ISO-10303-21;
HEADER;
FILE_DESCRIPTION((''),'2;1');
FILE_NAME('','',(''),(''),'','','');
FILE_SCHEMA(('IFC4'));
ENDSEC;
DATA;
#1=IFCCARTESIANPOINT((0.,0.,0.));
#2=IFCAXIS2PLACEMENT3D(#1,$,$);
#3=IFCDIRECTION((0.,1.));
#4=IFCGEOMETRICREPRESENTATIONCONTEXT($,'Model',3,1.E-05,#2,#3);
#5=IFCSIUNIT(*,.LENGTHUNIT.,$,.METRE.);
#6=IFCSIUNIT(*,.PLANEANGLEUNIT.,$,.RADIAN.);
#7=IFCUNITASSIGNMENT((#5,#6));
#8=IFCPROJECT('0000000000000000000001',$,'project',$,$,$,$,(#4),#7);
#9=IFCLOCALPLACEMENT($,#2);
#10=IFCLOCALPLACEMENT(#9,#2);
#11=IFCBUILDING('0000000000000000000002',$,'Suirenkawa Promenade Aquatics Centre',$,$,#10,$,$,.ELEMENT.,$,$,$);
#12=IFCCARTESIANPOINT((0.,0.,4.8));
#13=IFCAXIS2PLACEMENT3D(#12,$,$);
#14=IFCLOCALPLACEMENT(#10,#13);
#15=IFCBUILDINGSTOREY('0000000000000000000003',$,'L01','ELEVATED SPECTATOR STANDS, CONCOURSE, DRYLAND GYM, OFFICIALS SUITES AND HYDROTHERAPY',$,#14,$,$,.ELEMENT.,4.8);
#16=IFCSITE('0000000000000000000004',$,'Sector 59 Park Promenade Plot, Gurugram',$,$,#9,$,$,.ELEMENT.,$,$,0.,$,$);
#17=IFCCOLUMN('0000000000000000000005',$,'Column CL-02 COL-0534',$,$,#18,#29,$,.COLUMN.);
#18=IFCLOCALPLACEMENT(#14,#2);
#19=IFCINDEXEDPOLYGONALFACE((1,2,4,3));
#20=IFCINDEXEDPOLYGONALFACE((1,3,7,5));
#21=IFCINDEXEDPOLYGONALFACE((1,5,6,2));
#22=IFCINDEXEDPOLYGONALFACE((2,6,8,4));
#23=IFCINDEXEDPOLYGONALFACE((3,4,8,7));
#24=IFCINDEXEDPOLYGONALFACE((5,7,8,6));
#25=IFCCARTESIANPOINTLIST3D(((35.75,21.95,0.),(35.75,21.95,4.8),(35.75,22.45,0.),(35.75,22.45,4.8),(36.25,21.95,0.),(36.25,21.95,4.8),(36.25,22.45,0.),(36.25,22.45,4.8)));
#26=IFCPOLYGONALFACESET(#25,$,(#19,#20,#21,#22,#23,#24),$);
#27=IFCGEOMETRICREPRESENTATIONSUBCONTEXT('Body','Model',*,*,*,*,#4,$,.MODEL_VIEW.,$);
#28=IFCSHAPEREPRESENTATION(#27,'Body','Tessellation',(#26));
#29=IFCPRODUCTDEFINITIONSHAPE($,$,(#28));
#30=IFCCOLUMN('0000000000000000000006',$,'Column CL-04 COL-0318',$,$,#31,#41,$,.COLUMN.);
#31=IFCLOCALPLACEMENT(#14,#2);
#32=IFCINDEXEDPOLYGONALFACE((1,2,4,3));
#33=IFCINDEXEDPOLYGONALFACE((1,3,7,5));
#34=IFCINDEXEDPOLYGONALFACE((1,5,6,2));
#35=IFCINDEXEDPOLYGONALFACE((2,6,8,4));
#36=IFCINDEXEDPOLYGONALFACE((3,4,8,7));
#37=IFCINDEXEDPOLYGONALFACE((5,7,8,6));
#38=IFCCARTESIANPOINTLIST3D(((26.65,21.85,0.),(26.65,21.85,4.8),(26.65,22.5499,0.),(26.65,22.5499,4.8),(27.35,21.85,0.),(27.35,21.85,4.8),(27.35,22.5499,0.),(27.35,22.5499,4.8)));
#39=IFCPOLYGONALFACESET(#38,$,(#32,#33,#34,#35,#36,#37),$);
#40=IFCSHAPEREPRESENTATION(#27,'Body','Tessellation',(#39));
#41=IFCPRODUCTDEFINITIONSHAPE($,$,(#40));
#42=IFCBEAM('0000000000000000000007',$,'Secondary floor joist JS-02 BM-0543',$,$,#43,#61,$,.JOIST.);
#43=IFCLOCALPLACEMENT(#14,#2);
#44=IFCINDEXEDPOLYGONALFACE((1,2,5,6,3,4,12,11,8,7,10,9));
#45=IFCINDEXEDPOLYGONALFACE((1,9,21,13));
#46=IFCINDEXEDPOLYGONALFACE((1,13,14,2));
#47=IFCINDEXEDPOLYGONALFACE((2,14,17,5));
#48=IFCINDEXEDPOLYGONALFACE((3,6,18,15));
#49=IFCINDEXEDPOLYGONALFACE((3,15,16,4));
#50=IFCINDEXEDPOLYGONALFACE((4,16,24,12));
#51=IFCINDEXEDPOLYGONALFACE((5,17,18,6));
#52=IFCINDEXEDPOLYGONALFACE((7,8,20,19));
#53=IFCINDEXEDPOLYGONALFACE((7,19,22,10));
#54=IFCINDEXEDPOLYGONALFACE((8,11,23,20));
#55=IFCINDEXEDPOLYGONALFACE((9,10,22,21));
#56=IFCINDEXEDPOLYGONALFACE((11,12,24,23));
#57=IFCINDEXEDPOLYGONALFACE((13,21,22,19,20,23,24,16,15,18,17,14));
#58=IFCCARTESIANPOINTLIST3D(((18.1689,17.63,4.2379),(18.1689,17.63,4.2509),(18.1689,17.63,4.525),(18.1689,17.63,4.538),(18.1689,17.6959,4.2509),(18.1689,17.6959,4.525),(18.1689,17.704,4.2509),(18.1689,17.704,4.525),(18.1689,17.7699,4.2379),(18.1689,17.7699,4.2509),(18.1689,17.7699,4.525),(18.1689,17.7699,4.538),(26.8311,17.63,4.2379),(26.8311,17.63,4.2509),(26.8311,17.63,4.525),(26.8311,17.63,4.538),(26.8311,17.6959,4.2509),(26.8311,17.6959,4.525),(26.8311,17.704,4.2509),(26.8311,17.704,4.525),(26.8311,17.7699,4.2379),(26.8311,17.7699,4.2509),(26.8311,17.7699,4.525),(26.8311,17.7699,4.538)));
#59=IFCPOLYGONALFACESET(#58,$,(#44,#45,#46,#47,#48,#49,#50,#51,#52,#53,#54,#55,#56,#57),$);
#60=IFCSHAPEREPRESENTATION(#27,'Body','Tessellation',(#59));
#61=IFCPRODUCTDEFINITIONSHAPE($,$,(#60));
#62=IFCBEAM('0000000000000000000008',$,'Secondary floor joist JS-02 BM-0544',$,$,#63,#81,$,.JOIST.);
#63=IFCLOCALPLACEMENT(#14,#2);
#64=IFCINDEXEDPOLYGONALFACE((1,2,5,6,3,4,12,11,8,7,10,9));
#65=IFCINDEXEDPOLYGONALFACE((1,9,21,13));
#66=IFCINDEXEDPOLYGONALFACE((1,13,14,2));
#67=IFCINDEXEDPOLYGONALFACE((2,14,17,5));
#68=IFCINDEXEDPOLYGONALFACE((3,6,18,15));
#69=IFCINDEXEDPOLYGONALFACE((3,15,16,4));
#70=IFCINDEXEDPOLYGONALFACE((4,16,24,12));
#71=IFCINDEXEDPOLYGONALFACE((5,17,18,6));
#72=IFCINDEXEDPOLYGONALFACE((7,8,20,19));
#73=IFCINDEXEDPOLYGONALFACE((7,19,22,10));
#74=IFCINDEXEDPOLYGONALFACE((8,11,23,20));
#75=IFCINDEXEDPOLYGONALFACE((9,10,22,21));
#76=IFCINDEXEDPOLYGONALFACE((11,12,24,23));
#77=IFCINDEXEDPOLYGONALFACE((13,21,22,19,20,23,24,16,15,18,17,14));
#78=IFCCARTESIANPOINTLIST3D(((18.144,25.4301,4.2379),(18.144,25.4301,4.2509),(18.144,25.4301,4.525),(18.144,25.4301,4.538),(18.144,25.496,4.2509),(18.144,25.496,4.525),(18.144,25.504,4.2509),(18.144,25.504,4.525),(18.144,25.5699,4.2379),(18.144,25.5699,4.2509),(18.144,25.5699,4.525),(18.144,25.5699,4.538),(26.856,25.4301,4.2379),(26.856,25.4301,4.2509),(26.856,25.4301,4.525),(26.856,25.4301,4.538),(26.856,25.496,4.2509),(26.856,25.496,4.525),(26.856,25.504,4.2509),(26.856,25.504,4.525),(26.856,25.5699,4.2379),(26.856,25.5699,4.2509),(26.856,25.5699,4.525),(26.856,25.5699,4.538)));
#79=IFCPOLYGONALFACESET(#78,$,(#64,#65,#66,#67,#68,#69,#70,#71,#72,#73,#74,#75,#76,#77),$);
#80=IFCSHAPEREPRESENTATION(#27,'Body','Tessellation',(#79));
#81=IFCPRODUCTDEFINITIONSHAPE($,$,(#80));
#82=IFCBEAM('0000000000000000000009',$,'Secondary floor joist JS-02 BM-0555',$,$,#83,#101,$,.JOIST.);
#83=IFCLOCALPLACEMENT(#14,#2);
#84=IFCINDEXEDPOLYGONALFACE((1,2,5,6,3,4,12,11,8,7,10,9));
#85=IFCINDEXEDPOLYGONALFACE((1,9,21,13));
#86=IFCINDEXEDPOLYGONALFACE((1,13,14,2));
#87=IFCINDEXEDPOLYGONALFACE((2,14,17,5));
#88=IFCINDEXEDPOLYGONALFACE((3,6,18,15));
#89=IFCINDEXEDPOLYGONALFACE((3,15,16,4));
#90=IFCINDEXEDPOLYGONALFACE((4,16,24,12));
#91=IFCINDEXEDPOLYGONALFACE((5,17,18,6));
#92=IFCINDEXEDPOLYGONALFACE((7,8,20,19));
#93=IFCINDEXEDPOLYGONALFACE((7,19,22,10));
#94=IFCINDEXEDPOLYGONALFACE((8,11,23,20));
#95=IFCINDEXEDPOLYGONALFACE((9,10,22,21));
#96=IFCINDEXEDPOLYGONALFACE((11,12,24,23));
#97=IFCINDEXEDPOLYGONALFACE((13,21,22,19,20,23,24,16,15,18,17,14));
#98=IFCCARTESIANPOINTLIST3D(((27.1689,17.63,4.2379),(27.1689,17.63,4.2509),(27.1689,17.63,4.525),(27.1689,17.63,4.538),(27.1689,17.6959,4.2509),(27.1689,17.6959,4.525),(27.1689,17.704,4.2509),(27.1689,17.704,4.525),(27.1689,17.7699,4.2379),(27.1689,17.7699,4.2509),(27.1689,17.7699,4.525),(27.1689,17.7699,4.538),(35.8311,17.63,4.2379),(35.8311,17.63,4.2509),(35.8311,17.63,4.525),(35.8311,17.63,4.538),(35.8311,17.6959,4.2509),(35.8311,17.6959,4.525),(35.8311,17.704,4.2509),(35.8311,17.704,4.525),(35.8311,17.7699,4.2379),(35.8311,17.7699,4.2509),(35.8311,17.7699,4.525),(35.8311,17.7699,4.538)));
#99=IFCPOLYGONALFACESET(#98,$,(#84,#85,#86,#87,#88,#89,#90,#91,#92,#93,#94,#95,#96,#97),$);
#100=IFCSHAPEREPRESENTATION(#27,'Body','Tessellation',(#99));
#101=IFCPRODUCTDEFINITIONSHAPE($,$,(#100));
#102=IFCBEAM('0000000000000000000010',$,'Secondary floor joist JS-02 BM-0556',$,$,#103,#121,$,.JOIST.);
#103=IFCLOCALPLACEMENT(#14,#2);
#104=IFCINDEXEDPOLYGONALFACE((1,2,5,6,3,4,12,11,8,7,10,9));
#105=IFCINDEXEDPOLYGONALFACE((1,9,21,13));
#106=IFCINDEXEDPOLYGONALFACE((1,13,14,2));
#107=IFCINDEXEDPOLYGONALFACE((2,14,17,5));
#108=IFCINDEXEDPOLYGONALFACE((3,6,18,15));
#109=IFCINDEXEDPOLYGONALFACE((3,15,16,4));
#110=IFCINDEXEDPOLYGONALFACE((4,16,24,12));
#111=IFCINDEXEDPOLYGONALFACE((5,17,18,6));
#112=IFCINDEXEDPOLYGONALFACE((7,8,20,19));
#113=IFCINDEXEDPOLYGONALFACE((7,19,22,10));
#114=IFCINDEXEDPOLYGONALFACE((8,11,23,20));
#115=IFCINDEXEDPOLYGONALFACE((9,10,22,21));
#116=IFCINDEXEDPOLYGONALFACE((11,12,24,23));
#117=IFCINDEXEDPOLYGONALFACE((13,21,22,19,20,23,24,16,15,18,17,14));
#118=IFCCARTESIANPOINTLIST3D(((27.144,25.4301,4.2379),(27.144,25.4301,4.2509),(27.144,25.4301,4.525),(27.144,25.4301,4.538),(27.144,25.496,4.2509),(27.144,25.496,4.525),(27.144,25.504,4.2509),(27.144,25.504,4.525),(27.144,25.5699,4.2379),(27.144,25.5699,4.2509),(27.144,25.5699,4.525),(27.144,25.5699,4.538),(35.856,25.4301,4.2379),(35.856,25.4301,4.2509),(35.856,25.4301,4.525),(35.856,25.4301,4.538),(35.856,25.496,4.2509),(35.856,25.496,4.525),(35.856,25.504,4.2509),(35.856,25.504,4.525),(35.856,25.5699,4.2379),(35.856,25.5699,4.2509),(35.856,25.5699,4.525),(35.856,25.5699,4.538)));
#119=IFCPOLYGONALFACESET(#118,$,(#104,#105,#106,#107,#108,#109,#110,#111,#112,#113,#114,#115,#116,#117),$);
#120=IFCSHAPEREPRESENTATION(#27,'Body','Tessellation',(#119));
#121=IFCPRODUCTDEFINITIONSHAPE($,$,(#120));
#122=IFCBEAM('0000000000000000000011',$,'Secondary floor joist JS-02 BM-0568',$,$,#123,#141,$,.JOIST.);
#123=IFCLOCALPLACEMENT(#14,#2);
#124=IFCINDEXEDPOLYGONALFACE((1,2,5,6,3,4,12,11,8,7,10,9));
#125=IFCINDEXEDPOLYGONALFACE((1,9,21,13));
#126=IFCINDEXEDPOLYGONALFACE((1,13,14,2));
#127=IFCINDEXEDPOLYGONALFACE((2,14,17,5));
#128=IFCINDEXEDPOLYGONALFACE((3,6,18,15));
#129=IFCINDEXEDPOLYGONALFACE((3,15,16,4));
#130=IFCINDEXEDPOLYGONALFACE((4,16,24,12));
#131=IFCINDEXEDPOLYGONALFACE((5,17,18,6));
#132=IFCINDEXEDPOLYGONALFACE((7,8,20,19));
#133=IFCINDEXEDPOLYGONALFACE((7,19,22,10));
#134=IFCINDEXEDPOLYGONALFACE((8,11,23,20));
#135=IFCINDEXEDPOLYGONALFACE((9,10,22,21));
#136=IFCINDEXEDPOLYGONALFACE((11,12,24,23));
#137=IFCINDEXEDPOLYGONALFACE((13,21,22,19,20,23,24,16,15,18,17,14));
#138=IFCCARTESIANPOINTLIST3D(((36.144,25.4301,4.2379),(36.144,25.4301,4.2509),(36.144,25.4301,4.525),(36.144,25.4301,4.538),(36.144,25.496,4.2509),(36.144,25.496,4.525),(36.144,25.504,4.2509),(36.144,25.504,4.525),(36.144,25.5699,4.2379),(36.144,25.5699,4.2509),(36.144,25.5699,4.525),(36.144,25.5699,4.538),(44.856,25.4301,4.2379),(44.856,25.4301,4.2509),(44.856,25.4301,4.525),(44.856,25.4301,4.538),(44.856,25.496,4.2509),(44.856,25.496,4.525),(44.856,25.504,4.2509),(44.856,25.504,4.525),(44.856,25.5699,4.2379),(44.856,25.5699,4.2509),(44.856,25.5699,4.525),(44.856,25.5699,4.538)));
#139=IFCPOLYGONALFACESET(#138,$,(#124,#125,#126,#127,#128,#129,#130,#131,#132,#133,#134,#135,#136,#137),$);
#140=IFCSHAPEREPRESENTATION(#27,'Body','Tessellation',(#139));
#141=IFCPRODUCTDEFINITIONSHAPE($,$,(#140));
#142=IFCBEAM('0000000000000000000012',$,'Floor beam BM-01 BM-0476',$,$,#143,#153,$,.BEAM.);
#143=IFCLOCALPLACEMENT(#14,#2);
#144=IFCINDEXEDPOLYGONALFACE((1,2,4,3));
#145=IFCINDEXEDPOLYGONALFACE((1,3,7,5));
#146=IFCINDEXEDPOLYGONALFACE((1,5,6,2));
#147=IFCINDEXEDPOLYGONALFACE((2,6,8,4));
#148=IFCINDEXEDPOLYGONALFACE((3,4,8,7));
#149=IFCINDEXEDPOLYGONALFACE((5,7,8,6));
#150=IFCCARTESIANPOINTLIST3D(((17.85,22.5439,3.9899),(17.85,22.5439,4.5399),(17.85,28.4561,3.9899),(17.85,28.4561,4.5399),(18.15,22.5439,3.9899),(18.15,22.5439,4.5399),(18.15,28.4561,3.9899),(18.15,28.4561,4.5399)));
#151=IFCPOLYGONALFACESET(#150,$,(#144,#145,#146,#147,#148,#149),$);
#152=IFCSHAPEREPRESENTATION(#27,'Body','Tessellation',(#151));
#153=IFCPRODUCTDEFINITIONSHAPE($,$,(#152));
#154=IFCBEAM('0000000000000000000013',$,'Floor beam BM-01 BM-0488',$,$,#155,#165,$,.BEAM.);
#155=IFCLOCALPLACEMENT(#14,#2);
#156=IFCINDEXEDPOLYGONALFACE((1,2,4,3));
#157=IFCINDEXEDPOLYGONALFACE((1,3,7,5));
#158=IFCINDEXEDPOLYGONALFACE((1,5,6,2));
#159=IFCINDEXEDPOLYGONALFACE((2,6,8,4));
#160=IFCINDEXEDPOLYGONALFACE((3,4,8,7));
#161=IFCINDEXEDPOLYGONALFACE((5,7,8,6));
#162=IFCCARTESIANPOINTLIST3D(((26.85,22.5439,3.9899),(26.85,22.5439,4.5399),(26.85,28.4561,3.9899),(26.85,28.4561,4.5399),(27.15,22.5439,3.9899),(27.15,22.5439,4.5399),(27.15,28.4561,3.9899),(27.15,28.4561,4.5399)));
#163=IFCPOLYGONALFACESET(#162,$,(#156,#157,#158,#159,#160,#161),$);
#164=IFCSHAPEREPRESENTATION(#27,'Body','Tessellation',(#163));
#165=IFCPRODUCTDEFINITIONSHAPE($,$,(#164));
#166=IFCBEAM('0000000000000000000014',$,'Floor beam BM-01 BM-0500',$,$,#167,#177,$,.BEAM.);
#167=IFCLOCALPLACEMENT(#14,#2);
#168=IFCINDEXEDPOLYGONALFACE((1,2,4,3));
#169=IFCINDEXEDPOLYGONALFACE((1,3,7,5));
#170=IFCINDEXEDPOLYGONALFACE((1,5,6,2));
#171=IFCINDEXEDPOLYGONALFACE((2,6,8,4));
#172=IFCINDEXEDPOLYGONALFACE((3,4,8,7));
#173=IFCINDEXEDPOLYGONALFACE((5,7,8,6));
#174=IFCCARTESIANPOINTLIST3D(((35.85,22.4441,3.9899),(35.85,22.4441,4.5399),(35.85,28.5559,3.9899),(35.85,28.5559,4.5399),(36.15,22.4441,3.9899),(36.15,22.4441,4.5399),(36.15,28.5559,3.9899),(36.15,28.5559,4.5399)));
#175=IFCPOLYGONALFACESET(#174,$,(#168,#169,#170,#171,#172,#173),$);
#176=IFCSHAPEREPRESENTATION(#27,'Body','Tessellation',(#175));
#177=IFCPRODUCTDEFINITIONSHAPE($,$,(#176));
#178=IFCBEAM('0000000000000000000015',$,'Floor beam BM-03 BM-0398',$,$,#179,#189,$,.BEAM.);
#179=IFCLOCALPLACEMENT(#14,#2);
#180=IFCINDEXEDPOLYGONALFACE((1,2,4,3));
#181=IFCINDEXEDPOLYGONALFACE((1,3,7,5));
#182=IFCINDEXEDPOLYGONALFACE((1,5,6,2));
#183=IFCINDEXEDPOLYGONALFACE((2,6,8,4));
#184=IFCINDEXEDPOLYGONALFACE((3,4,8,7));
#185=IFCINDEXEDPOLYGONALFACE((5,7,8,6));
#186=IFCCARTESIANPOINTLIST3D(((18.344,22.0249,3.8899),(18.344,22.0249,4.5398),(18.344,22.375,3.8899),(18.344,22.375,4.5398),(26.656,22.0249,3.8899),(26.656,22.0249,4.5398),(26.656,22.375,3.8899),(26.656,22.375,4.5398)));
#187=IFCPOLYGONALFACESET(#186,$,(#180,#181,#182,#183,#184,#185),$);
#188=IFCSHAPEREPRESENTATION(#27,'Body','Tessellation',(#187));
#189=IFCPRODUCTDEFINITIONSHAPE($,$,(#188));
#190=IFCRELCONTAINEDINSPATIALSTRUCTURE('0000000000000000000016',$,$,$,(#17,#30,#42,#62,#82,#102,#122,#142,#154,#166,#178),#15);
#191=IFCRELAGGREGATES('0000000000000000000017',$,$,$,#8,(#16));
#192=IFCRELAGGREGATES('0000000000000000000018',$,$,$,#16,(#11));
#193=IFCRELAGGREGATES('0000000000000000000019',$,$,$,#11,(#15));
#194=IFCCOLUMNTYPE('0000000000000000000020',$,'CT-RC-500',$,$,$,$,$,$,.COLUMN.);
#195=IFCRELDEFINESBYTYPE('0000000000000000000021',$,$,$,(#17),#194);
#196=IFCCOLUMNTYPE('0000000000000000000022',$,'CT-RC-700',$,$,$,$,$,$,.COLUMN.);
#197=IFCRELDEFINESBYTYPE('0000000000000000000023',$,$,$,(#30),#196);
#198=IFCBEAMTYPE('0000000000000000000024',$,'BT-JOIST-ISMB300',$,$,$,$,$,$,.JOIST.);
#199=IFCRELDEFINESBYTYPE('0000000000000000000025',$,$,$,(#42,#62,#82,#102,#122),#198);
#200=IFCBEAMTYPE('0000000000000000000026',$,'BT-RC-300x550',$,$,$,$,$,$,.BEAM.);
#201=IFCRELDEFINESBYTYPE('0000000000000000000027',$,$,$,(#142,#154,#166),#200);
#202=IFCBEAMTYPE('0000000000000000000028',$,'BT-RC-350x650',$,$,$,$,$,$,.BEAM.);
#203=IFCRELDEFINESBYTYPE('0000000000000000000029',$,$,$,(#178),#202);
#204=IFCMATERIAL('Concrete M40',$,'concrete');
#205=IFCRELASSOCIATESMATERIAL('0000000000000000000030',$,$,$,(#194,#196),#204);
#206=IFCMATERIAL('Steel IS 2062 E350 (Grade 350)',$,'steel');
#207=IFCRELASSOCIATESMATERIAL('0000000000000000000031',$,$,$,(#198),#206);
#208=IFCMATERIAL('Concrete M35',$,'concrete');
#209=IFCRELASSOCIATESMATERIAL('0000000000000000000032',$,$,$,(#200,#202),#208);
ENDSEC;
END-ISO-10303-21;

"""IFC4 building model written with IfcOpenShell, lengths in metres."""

from ifc_helpers import new_model, si_unit, direction, frame, origin, origin_2d, place, context, subcontext, project, spatial, rectangle, i_section, extrude, material, material_profile, profile_set, type_object, element, save


model = new_model("IFC4")

# Units and contexts
model_context = context("Model", 3, precision=1e-05, world=origin(), true_north=direction((0.0, 1.0)))
body_context = subcontext(model_context, "Body", "Model", "MODEL_VIEW")
ifc_project = project(units=[si_unit("LENGTHUNIT", "METRE"), si_unit("PLANEANGLEUNIT", "RADIAN")], contexts=[model_context])

# Site, building, storey
site_placement = place(None, origin())
site = spatial("IfcSite", under=ifc_project, at=site_placement, Name="Sector 59 Park Promenade Plot, Gurugram", CompositionType="ELEMENT", RefElevation=0.0)
building_placement = place(site_placement, origin())
building = spatial("IfcBuilding", under=site, at=building_placement, Name="Suirenkawa Promenade Aquatics Centre", CompositionType="ELEMENT")
storey_placement = place(building_placement, frame((0.0, 0.0, 4.8)))
storey = spatial("IfcBuildingStorey", under=building, at=storey_placement, Name="L01", Description="ELEVATED SPECTATOR STANDS, CONCOURSE, DRYLAND GYM, OFFICIALS SUITES AND HYDROTHERAPY", CompositionType="ELEMENT", Elevation=4.8)

# Columns
ifc_material_1 = material(Name="Concrete M40", Category="concrete")
ifc_material_profile_1 = material_profile(ifc_material_1, rectangle(XDim=0.5, YDim=0.5, at=origin_2d()), Name="RC COL 500x500", Category="concrete")
ifc_profile_set_1 = profile_set([ifc_material_profile_1], Name="Concrete M40")
column_type_1 = type_object("IfcColumnType", Name="CT-RC-500", PredefinedType="COLUMN", material=ifc_profile_set_1)
column_1_placement = place(storey_placement, frame((36.0, 22.2, 0.0), z_axis=(0.0, 0.0, 1.0), x_axis=(1.0, 0.0, 0.0)))
element("IfcColumn", 1, at=column_1_placement, inside=storey, type_object=column_type_1, Name="Column CL-02 COL-0534", PredefinedType="COLUMN", context=body_context, shape_type="SweptSolid", body=[
    extrude(rectangle(XDim=0.5, YDim=0.5, at=origin_2d()), origin(), (0.0, 0.0, 1.0), 4.8),
])
ifc_material_profile_2 = material_profile(ifc_material_1, rectangle(XDim=0.7, YDim=0.7, at=origin_2d()), Name="RC COL 700x700", Category="concrete")
ifc_profile_set_2 = profile_set([ifc_material_profile_2], Name="Concrete M40")
column_type_2 = type_object("IfcColumnType", Name="CT-RC-700", PredefinedType="COLUMN", material=ifc_profile_set_2)
column_2_placement = place(storey_placement, frame((27.0, 22.2, 0.0), z_axis=(0.0, 0.0, 1.0), x_axis=(1.0, 0.0, 0.0)))
element("IfcColumn", 2, at=column_2_placement, inside=storey, type_object=column_type_2, Name="Column CL-04 COL-0318", PredefinedType="COLUMN", context=body_context, shape_type="SweptSolid", body=[
    extrude(rectangle(XDim=0.7, YDim=0.7, at=origin_2d()), origin(), (0.0, 0.0, 1.0), 4.8),
])

# Beams
ifc_material_2 = material(Name="Steel IS 2062 E350 (Grade 350)", Category="steel")
ifc_material_profile_3 = material_profile(ifc_material_2, i_section(OverallWidth=0.1399, OverallDepth=0.3, WebThickness=0.0081, FlangeThickness=0.0129, at=origin_2d()), Name="ISMB 300", Category="steel")
ifc_profile_set_3 = profile_set([ifc_material_profile_3], Name="Steel IS 2062 E350 (Grade 350)")
beam_type_1 = type_object("IfcBeamType", Name="BT-JOIST-ISMB300", PredefinedType="JOIST", material=ifc_profile_set_3)
beam_1_placement = place(storey_placement, frame((18.1689, 17.7, 4.3879), z_axis=(1.0, 0.0, 0.0), x_axis=(0.0, 1.0, 0.0)))
element("IfcBeam", 3, at=beam_1_placement, inside=storey, type_object=beam_type_1, Name="Secondary floor joist JS-02 BM-0543", PredefinedType="JOIST", context=body_context, shape_type="SweptSolid", body=[
    extrude(i_section(OverallWidth=0.1399, OverallDepth=0.3, WebThickness=0.0081, FlangeThickness=0.0129, at=origin_2d()), origin(), (0.0, 0.0, 1.0), 8.6621),
])
beam_2_placement = place(storey_placement, frame((18.144, 25.5, 4.3879), z_axis=(1.0, 0.0, 0.0), x_axis=(0.0, 1.0, 0.0)))
element("IfcBeam", 4, at=beam_2_placement, inside=storey, type_object=beam_type_1, Name="Secondary floor joist JS-02 BM-0544", PredefinedType="JOIST", context=body_context, shape_type="SweptSolid", body=[
    extrude(i_section(OverallWidth=0.1399, OverallDepth=0.3, WebThickness=0.0081, FlangeThickness=0.0129, at=origin_2d()), origin(), (0.0, 0.0, 1.0), 8.7119),
])
beam_3_placement = place(storey_placement, frame((27.1689, 17.7, 4.3879), z_axis=(1.0, 0.0, 0.0), x_axis=(0.0, 1.0, 0.0)))
element("IfcBeam", 5, at=beam_3_placement, inside=storey, type_object=beam_type_1, Name="Secondary floor joist JS-02 BM-0555", PredefinedType="JOIST", context=body_context, shape_type="SweptSolid", body=[
    extrude(i_section(OverallWidth=0.1399, OverallDepth=0.3, WebThickness=0.0081, FlangeThickness=0.0129, at=origin_2d()), origin(), (0.0, 0.0, 1.0), 8.6621),
])
for number, where, z_axis, x_axis, name in (
    (6, (27.144, 25.5, 4.3879), (1.0, 0.0, 0.0), (0.0, 1.0, 0.0), "Secondary floor joist JS-02 BM-0556"),
    (7, (36.144, 25.5, 4.3879), (1.0, 0.0, 0.0), (0.0, 1.0, 0.0), "Secondary floor joist JS-02 BM-0568"),
):
    element("IfcBeam", number, at=place(storey_placement, frame(where, z_axis=z_axis, x_axis=x_axis)), inside=storey, type_object=beam_type_1, Name=name, PredefinedType="JOIST", context=body_context, shape_type="SweptSolid", body=[
        extrude(i_section(OverallWidth=0.1399, OverallDepth=0.3, WebThickness=0.0081, FlangeThickness=0.0129, at=origin_2d()), origin(), (0.0, 0.0, 1.0), 8.7119),
    ])
ifc_material_3 = material(Name="Concrete M35", Category="concrete")
ifc_material_profile_4 = material_profile(ifc_material_3, rectangle(XDim=0.3, YDim=0.55, at=origin_2d()), Name="RC BM 300x550", Category="concrete")
ifc_profile_set_4 = profile_set([ifc_material_profile_4], Name="Concrete M35")
beam_type_2 = type_object("IfcBeamType", Name="BT-RC-300x550", PredefinedType="BEAM", material=ifc_profile_set_4)
for number, where, z_axis, x_axis, name in (
    (8, (18.0, 22.5439, 4.2649), (0.0, 1.0, 0.0), (-1.0, 0.0, 0.0), "Floor beam BM-01 BM-0476"),
    (9, (27.0, 22.5439, 4.2649), (0.0, 1.0, 0.0), (-1.0, 0.0, 0.0), "Floor beam BM-01 BM-0488"),
):
    element("IfcBeam", number, at=place(storey_placement, frame(where, z_axis=z_axis, x_axis=x_axis)), inside=storey, type_object=beam_type_2, Name=name, PredefinedType="BEAM", context=body_context, shape_type="SweptSolid", body=[
        extrude(rectangle(XDim=0.3, YDim=0.55, at=origin_2d()), origin(), (0.0, 0.0, 1.0), 5.9121),
    ])
beam_4_placement = place(storey_placement, frame((36.0, 22.4441, 4.2649), z_axis=(0.0, 1.0, 0.0), x_axis=(-1.0, 0.0, 0.0)))
element("IfcBeam", 10, at=beam_4_placement, inside=storey, type_object=beam_type_2, Name="Floor beam BM-01 BM-0500", PredefinedType="BEAM", context=body_context, shape_type="SweptSolid", body=[
    extrude(rectangle(XDim=0.3, YDim=0.55, at=origin_2d()), origin(), (0.0, 0.0, 1.0), 6.1118),
])
ifc_material_profile_5 = material_profile(ifc_material_3, rectangle(XDim=0.3501, YDim=0.6499, at=origin_2d()), Name="RC BM 350x650", Category="concrete")
ifc_profile_set_5 = profile_set([ifc_material_profile_5], Name="Concrete M35")
beam_type_3 = type_object("IfcBeamType", Name="BT-RC-350x650", PredefinedType="BEAM", material=ifc_profile_set_5)
beam_5_placement = place(storey_placement, frame((18.344, 22.2, 4.2148), z_axis=(1.0, 0.0, 0.0), x_axis=(0.0, 1.0, 0.0)))
element("IfcBeam", 11, at=beam_5_placement, inside=storey, type_object=beam_type_3, Name="Floor beam BM-03 BM-0398", PredefinedType="BEAM", context=body_context, shape_type="SweptSolid", body=[
    extrude(rectangle(XDim=0.3501, YDim=0.6499, at=origin_2d()), origin(), (0.0, 0.0, 1.0), 8.312),
])

save(model, "model.ifc")
